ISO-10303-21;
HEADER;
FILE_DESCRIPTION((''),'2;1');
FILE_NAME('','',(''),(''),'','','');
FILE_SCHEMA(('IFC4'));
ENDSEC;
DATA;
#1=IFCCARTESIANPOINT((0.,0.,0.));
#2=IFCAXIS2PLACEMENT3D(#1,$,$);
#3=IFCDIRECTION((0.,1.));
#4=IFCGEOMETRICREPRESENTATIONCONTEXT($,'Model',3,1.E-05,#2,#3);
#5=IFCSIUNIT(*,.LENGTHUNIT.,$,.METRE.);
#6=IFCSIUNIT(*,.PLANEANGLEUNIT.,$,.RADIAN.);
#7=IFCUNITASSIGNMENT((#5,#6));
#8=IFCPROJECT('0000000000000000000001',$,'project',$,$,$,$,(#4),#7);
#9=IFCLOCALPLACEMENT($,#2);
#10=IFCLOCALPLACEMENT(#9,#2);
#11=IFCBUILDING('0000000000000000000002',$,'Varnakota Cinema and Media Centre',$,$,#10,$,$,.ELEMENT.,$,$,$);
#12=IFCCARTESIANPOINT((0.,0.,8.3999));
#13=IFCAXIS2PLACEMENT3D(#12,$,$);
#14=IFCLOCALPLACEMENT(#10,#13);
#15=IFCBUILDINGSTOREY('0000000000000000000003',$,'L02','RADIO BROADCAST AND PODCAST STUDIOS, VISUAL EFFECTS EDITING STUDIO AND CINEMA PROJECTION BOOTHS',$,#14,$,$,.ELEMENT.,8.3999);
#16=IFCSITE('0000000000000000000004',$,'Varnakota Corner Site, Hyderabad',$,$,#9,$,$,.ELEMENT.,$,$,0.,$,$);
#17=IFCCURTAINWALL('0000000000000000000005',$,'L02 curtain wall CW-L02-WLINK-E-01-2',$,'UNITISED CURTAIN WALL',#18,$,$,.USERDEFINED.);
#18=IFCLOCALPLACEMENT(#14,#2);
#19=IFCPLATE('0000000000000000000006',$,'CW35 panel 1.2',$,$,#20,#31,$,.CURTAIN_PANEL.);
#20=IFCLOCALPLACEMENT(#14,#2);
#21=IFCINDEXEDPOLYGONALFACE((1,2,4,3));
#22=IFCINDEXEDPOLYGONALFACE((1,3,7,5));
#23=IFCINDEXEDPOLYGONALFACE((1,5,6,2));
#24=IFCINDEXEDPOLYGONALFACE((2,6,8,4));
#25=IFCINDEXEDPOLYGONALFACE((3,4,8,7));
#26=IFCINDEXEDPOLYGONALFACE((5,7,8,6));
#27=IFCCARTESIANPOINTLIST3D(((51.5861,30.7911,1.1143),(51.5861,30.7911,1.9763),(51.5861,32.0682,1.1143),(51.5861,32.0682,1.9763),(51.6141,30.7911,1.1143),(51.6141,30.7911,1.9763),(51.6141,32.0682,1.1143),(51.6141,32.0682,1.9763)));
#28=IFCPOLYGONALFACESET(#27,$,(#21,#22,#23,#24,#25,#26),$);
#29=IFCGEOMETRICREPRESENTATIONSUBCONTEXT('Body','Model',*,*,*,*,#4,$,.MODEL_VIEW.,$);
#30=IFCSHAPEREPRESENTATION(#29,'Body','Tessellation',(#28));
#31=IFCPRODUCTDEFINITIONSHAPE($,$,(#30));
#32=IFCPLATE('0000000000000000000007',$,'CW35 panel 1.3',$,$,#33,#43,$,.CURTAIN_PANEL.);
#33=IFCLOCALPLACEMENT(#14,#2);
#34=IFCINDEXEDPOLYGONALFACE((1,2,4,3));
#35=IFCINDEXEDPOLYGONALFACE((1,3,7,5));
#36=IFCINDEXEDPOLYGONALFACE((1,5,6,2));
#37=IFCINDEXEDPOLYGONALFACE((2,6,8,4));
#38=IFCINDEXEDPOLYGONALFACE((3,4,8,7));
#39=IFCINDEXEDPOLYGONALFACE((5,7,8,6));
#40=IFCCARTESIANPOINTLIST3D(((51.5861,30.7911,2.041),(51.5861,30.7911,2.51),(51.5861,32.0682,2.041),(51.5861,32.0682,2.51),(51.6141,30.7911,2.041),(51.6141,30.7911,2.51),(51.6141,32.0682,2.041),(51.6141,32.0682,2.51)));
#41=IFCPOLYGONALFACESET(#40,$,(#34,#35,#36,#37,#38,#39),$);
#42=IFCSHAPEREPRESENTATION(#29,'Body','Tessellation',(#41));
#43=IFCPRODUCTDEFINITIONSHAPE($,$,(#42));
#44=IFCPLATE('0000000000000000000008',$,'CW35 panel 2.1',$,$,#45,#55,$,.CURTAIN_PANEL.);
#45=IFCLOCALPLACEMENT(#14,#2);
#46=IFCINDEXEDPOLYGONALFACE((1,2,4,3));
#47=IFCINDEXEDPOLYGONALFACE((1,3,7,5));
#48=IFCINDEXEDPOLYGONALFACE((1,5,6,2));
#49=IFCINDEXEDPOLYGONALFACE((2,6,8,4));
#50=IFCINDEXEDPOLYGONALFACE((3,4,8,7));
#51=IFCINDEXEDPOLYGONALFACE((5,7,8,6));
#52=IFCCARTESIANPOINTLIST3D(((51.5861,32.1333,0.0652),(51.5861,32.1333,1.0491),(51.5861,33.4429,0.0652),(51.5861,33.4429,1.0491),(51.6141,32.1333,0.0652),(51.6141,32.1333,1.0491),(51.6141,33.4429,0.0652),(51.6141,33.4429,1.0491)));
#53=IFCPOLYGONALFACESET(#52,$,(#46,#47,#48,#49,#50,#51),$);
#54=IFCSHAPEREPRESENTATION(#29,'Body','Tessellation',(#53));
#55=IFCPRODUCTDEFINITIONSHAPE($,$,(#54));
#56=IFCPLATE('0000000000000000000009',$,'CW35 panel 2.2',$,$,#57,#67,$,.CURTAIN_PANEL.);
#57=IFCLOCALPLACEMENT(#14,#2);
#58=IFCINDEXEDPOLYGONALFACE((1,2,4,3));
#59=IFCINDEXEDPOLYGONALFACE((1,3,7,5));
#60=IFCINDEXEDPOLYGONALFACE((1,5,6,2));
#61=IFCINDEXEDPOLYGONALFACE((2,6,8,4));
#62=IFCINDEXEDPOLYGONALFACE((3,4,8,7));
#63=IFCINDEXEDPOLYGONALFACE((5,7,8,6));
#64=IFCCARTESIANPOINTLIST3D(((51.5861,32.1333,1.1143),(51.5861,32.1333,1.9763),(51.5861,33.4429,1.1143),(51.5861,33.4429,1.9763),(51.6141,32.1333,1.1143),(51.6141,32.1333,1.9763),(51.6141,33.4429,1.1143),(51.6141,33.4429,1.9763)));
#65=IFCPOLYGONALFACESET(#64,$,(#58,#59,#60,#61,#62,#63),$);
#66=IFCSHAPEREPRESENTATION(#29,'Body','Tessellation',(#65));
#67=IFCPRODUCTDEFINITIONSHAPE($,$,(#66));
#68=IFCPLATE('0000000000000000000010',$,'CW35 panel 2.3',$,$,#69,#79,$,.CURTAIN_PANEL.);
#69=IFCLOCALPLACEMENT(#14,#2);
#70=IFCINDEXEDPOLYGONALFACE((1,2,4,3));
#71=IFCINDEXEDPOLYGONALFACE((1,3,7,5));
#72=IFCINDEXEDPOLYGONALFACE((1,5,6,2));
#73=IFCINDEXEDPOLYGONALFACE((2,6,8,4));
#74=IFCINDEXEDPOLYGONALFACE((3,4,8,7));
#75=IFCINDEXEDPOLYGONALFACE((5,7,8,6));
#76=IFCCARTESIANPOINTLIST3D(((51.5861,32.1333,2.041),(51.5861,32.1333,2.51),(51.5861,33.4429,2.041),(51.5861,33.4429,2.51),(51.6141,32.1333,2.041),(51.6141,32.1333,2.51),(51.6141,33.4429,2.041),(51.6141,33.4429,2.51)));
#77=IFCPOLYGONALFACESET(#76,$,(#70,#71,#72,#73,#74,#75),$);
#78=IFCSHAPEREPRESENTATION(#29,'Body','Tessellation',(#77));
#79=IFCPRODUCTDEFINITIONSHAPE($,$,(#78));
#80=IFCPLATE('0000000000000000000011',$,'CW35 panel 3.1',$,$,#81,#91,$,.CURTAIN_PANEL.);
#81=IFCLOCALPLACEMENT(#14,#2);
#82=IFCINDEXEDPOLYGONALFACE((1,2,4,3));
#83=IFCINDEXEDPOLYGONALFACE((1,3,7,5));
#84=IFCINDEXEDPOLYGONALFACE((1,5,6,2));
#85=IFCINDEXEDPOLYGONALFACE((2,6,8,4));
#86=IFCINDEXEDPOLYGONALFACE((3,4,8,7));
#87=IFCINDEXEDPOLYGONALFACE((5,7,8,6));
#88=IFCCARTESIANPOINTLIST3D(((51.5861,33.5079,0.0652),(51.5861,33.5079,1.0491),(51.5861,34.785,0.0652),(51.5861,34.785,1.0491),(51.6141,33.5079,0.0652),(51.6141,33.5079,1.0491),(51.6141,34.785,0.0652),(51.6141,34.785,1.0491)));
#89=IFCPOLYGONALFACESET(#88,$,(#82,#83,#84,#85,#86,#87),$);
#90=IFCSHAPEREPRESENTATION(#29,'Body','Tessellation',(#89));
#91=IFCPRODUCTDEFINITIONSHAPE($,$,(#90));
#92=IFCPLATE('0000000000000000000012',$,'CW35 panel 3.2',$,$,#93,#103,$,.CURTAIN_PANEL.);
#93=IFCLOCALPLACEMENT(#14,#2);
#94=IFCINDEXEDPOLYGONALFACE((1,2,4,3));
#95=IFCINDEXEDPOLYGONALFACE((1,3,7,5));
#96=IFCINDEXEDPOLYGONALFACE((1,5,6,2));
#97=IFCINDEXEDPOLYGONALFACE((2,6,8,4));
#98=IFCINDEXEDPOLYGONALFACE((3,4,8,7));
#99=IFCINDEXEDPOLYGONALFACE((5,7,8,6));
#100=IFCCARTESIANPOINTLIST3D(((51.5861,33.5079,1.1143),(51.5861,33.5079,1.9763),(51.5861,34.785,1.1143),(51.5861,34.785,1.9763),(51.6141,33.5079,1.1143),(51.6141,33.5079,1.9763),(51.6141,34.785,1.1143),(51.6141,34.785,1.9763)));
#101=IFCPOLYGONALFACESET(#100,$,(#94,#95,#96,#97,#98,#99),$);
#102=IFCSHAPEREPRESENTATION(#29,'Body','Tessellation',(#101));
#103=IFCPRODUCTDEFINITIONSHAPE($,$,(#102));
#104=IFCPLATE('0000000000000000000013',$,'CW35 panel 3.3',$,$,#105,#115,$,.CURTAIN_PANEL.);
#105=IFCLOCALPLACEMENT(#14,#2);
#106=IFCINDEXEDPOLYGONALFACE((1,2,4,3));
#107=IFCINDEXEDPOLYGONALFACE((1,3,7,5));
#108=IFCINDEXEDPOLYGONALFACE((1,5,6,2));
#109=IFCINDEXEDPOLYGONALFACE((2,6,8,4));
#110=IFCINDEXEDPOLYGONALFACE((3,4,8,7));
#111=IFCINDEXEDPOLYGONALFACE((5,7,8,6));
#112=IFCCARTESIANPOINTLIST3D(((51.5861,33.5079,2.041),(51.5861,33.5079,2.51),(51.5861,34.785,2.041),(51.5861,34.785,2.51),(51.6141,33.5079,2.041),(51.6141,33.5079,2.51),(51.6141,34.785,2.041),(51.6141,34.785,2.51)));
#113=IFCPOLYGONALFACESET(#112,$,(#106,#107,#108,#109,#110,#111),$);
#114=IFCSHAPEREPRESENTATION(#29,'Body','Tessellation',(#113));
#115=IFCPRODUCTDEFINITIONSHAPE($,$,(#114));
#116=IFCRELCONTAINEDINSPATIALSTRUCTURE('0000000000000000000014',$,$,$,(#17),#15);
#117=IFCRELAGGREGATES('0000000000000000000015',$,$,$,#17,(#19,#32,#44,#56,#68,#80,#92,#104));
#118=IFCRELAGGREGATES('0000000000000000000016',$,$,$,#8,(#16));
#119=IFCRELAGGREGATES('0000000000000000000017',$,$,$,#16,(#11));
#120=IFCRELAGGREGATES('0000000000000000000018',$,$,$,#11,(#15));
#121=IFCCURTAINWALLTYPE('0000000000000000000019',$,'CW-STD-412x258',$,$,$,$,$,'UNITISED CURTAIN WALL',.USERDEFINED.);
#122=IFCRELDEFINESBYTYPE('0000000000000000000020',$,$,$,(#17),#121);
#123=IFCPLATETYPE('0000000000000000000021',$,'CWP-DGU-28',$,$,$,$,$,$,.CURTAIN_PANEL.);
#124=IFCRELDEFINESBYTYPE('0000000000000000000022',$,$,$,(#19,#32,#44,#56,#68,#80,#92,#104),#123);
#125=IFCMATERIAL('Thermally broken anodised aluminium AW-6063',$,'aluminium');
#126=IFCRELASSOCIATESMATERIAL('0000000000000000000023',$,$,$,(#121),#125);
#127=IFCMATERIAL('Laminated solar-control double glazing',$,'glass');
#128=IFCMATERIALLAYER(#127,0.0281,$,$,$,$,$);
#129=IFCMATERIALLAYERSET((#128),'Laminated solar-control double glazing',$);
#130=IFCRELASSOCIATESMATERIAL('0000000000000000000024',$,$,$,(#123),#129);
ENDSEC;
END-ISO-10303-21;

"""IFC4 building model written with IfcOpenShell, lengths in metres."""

from ifc_helpers import new_model, si_unit, direction, frame, origin, origin_2d, place, context, subcontext, project, spatial, rectangle, extrude, material, layer, layer_set, type_object, element, aggregate, save


model = new_model("IFC4")

# Units and contexts
model_context = context("Model", 3, precision=1e-05, world=origin(), true_north=direction((0.0, 1.0)))
body_context = subcontext(model_context, "Body", "Model", "MODEL_VIEW")
ifc_project = project(units=[si_unit("LENGTHUNIT", "METRE"), si_unit("PLANEANGLEUNIT", "RADIAN")], contexts=[model_context])

# Site, building, storey
site_placement = place(None, origin())
site = spatial("IfcSite", under=ifc_project, at=site_placement, Name="Varnakota Corner Site, Hyderabad", CompositionType="ELEMENT", RefElevation=0.0)
building_placement = place(site_placement, origin())
building = spatial("IfcBuilding", under=site, at=building_placement, Name="Varnakota Cinema and Media Centre", CompositionType="ELEMENT")
storey_placement = place(building_placement, frame((0.0, 0.0, 8.3999)))
storey = spatial("IfcBuildingStorey", under=building, at=storey_placement, Name="L02", Description="RADIO BROADCAST AND PODCAST STUDIOS, VISUAL EFFECTS EDITING STUDIO AND CINEMA PROJECTION BOOTHS", CompositionType="ELEMENT", Elevation=8.3999)

# Curtain wall
ifc_material_1 = material(Name="Thermally broken anodised aluminium AW-6063", Category="aluminium")
curtain_wall_type_1 = type_object("IfcCurtainWallType", Name="CW-STD-412x258", ElementType="UNITISED CURTAIN WALL", PredefinedType="USERDEFINED", material=ifc_material_1)
curtain_wall_1_placement = place(storey_placement, origin())
curtain_wall_1 = element("IfcCurtainWall", 1, at=curtain_wall_1_placement, inside=storey, type_object=curtain_wall_type_1, Name="L02 curtain wall CW-L02-WLINK-E-01-2", ObjectType="UNITISED CURTAIN WALL", PredefinedType="USERDEFINED")

# Plates
ifc_material_2 = material(Name="Laminated solar-control double glazing", Category="glass")
ifc_layer = layer(ifc_material_2, 0.0281)
ifc_layer_set = layer_set([ifc_layer], Name="Laminated solar-control double glazing")
plate_type = type_object("IfcPlateType", Name="CWP-DGU-28", PredefinedType="CURTAIN_PANEL", material=ifc_layer_set)
plate_1_placement = place(storey_placement, frame((51.6001, 31.4297, 1.1143), z_axis=(0.0, 0.0, 1.0), x_axis=(0.0, 1.0, 0.0)))
plate_1 = element("IfcPlate", 2, at=plate_1_placement, type_object=plate_type, Name="CW35 panel 1.2", PredefinedType="CURTAIN_PANEL", context=body_context, shape_type="SweptSolid", body=[
    extrude(rectangle(XDim=1.2771, YDim=0.0281, at=origin_2d()), origin(), (0.0, 0.0, 1.0), 0.8621),
])
plate_2_placement = place(storey_placement, frame((51.6001, 31.4297, 2.041), z_axis=(0.0, 0.0, 1.0), x_axis=(0.0, 1.0, 0.0)))
plate_2 = element("IfcPlate", 3, at=plate_2_placement, type_object=plate_type, Name="CW35 panel 1.3", PredefinedType="CURTAIN_PANEL", context=body_context, shape_type="SweptSolid", body=[
    extrude(rectangle(XDim=1.2771, YDim=0.0281, at=origin_2d()), origin(), (0.0, 0.0, 1.0), 0.469),
])
plate_3_placement = place(storey_placement, frame((51.6001, 32.7881, 0.0652), z_axis=(0.0, 0.0, 1.0), x_axis=(0.0, 1.0, 0.0)))
plate_3 = element("IfcPlate", 4, at=plate_3_placement, type_object=plate_type, Name="CW35 panel 2.1", PredefinedType="CURTAIN_PANEL", context=body_context, shape_type="SweptSolid", body=[
    extrude(rectangle(XDim=1.3096, YDim=0.0281, at=origin_2d()), origin(), (0.0, 0.0, 1.0), 0.9839),
])
plate_4_placement = place(storey_placement, frame((51.6001, 32.7881, 1.1143), z_axis=(0.0, 0.0, 1.0), x_axis=(0.0, 1.0, 0.0)))
plate_4 = element("IfcPlate", 5, at=plate_4_placement, type_object=plate_type, Name="CW35 panel 2.2", PredefinedType="CURTAIN_PANEL", context=body_context, shape_type="SweptSolid", body=[
    extrude(rectangle(XDim=1.3096, YDim=0.0281, at=origin_2d()), origin(), (0.0, 0.0, 1.0), 0.8621),
])
plate_5_placement = place(storey_placement, frame((51.6001, 32.7881, 2.041), z_axis=(0.0, 0.0, 1.0), x_axis=(0.0, 1.0, 0.0)))
plate_5 = element("IfcPlate", 6, at=plate_5_placement, type_object=plate_type, Name="CW35 panel 2.3", PredefinedType="CURTAIN_PANEL", context=body_context, shape_type="SweptSolid", body=[
    extrude(rectangle(XDim=1.3096, YDim=0.0281, at=origin_2d()), origin(), (0.0, 0.0, 1.0), 0.469),
])
plate_6_placement = place(storey_placement, frame((51.6001, 34.1465, 0.0652), z_axis=(0.0, 0.0, 1.0), x_axis=(0.0, 1.0, 0.0)))
plate_6 = element("IfcPlate", 7, at=plate_6_placement, type_object=plate_type, Name="CW35 panel 3.1", PredefinedType="CURTAIN_PANEL", context=body_context, shape_type="SweptSolid", body=[
    extrude(rectangle(XDim=1.2771, YDim=0.0281, at=origin_2d()), origin(), (0.0, 0.0, 1.0), 0.9839),
])
plate_7_placement = place(storey_placement, frame((51.6001, 34.1465, 1.1143), z_axis=(0.0, 0.0, 1.0), x_axis=(0.0, 1.0, 0.0)))
plate_7 = element("IfcPlate", 8, at=plate_7_placement, type_object=plate_type, Name="CW35 panel 3.2", PredefinedType="CURTAIN_PANEL", context=body_context, shape_type="SweptSolid", body=[
    extrude(rectangle(XDim=1.2771, YDim=0.0281, at=origin_2d()), origin(), (0.0, 0.0, 1.0), 0.8621),
])
plate_8_placement = place(storey_placement, frame((51.6001, 34.1465, 2.041), z_axis=(0.0, 0.0, 1.0), x_axis=(0.0, 1.0, 0.0)))
plate_8 = element("IfcPlate", 9, at=plate_8_placement, type_object=plate_type, Name="CW35 panel 3.3", PredefinedType="CURTAIN_PANEL", context=body_context, shape_type="SweptSolid", body=[
    extrude(rectangle(XDim=1.2771, YDim=0.0281, at=origin_2d()), origin(), (0.0, 0.0, 1.0), 0.469),
])
aggregate(curtain_wall_1, [plate_1, plate_2, plate_3, plate_4, plate_5, plate_6, plate_7, plate_8])

save(model, "model.ifc")
